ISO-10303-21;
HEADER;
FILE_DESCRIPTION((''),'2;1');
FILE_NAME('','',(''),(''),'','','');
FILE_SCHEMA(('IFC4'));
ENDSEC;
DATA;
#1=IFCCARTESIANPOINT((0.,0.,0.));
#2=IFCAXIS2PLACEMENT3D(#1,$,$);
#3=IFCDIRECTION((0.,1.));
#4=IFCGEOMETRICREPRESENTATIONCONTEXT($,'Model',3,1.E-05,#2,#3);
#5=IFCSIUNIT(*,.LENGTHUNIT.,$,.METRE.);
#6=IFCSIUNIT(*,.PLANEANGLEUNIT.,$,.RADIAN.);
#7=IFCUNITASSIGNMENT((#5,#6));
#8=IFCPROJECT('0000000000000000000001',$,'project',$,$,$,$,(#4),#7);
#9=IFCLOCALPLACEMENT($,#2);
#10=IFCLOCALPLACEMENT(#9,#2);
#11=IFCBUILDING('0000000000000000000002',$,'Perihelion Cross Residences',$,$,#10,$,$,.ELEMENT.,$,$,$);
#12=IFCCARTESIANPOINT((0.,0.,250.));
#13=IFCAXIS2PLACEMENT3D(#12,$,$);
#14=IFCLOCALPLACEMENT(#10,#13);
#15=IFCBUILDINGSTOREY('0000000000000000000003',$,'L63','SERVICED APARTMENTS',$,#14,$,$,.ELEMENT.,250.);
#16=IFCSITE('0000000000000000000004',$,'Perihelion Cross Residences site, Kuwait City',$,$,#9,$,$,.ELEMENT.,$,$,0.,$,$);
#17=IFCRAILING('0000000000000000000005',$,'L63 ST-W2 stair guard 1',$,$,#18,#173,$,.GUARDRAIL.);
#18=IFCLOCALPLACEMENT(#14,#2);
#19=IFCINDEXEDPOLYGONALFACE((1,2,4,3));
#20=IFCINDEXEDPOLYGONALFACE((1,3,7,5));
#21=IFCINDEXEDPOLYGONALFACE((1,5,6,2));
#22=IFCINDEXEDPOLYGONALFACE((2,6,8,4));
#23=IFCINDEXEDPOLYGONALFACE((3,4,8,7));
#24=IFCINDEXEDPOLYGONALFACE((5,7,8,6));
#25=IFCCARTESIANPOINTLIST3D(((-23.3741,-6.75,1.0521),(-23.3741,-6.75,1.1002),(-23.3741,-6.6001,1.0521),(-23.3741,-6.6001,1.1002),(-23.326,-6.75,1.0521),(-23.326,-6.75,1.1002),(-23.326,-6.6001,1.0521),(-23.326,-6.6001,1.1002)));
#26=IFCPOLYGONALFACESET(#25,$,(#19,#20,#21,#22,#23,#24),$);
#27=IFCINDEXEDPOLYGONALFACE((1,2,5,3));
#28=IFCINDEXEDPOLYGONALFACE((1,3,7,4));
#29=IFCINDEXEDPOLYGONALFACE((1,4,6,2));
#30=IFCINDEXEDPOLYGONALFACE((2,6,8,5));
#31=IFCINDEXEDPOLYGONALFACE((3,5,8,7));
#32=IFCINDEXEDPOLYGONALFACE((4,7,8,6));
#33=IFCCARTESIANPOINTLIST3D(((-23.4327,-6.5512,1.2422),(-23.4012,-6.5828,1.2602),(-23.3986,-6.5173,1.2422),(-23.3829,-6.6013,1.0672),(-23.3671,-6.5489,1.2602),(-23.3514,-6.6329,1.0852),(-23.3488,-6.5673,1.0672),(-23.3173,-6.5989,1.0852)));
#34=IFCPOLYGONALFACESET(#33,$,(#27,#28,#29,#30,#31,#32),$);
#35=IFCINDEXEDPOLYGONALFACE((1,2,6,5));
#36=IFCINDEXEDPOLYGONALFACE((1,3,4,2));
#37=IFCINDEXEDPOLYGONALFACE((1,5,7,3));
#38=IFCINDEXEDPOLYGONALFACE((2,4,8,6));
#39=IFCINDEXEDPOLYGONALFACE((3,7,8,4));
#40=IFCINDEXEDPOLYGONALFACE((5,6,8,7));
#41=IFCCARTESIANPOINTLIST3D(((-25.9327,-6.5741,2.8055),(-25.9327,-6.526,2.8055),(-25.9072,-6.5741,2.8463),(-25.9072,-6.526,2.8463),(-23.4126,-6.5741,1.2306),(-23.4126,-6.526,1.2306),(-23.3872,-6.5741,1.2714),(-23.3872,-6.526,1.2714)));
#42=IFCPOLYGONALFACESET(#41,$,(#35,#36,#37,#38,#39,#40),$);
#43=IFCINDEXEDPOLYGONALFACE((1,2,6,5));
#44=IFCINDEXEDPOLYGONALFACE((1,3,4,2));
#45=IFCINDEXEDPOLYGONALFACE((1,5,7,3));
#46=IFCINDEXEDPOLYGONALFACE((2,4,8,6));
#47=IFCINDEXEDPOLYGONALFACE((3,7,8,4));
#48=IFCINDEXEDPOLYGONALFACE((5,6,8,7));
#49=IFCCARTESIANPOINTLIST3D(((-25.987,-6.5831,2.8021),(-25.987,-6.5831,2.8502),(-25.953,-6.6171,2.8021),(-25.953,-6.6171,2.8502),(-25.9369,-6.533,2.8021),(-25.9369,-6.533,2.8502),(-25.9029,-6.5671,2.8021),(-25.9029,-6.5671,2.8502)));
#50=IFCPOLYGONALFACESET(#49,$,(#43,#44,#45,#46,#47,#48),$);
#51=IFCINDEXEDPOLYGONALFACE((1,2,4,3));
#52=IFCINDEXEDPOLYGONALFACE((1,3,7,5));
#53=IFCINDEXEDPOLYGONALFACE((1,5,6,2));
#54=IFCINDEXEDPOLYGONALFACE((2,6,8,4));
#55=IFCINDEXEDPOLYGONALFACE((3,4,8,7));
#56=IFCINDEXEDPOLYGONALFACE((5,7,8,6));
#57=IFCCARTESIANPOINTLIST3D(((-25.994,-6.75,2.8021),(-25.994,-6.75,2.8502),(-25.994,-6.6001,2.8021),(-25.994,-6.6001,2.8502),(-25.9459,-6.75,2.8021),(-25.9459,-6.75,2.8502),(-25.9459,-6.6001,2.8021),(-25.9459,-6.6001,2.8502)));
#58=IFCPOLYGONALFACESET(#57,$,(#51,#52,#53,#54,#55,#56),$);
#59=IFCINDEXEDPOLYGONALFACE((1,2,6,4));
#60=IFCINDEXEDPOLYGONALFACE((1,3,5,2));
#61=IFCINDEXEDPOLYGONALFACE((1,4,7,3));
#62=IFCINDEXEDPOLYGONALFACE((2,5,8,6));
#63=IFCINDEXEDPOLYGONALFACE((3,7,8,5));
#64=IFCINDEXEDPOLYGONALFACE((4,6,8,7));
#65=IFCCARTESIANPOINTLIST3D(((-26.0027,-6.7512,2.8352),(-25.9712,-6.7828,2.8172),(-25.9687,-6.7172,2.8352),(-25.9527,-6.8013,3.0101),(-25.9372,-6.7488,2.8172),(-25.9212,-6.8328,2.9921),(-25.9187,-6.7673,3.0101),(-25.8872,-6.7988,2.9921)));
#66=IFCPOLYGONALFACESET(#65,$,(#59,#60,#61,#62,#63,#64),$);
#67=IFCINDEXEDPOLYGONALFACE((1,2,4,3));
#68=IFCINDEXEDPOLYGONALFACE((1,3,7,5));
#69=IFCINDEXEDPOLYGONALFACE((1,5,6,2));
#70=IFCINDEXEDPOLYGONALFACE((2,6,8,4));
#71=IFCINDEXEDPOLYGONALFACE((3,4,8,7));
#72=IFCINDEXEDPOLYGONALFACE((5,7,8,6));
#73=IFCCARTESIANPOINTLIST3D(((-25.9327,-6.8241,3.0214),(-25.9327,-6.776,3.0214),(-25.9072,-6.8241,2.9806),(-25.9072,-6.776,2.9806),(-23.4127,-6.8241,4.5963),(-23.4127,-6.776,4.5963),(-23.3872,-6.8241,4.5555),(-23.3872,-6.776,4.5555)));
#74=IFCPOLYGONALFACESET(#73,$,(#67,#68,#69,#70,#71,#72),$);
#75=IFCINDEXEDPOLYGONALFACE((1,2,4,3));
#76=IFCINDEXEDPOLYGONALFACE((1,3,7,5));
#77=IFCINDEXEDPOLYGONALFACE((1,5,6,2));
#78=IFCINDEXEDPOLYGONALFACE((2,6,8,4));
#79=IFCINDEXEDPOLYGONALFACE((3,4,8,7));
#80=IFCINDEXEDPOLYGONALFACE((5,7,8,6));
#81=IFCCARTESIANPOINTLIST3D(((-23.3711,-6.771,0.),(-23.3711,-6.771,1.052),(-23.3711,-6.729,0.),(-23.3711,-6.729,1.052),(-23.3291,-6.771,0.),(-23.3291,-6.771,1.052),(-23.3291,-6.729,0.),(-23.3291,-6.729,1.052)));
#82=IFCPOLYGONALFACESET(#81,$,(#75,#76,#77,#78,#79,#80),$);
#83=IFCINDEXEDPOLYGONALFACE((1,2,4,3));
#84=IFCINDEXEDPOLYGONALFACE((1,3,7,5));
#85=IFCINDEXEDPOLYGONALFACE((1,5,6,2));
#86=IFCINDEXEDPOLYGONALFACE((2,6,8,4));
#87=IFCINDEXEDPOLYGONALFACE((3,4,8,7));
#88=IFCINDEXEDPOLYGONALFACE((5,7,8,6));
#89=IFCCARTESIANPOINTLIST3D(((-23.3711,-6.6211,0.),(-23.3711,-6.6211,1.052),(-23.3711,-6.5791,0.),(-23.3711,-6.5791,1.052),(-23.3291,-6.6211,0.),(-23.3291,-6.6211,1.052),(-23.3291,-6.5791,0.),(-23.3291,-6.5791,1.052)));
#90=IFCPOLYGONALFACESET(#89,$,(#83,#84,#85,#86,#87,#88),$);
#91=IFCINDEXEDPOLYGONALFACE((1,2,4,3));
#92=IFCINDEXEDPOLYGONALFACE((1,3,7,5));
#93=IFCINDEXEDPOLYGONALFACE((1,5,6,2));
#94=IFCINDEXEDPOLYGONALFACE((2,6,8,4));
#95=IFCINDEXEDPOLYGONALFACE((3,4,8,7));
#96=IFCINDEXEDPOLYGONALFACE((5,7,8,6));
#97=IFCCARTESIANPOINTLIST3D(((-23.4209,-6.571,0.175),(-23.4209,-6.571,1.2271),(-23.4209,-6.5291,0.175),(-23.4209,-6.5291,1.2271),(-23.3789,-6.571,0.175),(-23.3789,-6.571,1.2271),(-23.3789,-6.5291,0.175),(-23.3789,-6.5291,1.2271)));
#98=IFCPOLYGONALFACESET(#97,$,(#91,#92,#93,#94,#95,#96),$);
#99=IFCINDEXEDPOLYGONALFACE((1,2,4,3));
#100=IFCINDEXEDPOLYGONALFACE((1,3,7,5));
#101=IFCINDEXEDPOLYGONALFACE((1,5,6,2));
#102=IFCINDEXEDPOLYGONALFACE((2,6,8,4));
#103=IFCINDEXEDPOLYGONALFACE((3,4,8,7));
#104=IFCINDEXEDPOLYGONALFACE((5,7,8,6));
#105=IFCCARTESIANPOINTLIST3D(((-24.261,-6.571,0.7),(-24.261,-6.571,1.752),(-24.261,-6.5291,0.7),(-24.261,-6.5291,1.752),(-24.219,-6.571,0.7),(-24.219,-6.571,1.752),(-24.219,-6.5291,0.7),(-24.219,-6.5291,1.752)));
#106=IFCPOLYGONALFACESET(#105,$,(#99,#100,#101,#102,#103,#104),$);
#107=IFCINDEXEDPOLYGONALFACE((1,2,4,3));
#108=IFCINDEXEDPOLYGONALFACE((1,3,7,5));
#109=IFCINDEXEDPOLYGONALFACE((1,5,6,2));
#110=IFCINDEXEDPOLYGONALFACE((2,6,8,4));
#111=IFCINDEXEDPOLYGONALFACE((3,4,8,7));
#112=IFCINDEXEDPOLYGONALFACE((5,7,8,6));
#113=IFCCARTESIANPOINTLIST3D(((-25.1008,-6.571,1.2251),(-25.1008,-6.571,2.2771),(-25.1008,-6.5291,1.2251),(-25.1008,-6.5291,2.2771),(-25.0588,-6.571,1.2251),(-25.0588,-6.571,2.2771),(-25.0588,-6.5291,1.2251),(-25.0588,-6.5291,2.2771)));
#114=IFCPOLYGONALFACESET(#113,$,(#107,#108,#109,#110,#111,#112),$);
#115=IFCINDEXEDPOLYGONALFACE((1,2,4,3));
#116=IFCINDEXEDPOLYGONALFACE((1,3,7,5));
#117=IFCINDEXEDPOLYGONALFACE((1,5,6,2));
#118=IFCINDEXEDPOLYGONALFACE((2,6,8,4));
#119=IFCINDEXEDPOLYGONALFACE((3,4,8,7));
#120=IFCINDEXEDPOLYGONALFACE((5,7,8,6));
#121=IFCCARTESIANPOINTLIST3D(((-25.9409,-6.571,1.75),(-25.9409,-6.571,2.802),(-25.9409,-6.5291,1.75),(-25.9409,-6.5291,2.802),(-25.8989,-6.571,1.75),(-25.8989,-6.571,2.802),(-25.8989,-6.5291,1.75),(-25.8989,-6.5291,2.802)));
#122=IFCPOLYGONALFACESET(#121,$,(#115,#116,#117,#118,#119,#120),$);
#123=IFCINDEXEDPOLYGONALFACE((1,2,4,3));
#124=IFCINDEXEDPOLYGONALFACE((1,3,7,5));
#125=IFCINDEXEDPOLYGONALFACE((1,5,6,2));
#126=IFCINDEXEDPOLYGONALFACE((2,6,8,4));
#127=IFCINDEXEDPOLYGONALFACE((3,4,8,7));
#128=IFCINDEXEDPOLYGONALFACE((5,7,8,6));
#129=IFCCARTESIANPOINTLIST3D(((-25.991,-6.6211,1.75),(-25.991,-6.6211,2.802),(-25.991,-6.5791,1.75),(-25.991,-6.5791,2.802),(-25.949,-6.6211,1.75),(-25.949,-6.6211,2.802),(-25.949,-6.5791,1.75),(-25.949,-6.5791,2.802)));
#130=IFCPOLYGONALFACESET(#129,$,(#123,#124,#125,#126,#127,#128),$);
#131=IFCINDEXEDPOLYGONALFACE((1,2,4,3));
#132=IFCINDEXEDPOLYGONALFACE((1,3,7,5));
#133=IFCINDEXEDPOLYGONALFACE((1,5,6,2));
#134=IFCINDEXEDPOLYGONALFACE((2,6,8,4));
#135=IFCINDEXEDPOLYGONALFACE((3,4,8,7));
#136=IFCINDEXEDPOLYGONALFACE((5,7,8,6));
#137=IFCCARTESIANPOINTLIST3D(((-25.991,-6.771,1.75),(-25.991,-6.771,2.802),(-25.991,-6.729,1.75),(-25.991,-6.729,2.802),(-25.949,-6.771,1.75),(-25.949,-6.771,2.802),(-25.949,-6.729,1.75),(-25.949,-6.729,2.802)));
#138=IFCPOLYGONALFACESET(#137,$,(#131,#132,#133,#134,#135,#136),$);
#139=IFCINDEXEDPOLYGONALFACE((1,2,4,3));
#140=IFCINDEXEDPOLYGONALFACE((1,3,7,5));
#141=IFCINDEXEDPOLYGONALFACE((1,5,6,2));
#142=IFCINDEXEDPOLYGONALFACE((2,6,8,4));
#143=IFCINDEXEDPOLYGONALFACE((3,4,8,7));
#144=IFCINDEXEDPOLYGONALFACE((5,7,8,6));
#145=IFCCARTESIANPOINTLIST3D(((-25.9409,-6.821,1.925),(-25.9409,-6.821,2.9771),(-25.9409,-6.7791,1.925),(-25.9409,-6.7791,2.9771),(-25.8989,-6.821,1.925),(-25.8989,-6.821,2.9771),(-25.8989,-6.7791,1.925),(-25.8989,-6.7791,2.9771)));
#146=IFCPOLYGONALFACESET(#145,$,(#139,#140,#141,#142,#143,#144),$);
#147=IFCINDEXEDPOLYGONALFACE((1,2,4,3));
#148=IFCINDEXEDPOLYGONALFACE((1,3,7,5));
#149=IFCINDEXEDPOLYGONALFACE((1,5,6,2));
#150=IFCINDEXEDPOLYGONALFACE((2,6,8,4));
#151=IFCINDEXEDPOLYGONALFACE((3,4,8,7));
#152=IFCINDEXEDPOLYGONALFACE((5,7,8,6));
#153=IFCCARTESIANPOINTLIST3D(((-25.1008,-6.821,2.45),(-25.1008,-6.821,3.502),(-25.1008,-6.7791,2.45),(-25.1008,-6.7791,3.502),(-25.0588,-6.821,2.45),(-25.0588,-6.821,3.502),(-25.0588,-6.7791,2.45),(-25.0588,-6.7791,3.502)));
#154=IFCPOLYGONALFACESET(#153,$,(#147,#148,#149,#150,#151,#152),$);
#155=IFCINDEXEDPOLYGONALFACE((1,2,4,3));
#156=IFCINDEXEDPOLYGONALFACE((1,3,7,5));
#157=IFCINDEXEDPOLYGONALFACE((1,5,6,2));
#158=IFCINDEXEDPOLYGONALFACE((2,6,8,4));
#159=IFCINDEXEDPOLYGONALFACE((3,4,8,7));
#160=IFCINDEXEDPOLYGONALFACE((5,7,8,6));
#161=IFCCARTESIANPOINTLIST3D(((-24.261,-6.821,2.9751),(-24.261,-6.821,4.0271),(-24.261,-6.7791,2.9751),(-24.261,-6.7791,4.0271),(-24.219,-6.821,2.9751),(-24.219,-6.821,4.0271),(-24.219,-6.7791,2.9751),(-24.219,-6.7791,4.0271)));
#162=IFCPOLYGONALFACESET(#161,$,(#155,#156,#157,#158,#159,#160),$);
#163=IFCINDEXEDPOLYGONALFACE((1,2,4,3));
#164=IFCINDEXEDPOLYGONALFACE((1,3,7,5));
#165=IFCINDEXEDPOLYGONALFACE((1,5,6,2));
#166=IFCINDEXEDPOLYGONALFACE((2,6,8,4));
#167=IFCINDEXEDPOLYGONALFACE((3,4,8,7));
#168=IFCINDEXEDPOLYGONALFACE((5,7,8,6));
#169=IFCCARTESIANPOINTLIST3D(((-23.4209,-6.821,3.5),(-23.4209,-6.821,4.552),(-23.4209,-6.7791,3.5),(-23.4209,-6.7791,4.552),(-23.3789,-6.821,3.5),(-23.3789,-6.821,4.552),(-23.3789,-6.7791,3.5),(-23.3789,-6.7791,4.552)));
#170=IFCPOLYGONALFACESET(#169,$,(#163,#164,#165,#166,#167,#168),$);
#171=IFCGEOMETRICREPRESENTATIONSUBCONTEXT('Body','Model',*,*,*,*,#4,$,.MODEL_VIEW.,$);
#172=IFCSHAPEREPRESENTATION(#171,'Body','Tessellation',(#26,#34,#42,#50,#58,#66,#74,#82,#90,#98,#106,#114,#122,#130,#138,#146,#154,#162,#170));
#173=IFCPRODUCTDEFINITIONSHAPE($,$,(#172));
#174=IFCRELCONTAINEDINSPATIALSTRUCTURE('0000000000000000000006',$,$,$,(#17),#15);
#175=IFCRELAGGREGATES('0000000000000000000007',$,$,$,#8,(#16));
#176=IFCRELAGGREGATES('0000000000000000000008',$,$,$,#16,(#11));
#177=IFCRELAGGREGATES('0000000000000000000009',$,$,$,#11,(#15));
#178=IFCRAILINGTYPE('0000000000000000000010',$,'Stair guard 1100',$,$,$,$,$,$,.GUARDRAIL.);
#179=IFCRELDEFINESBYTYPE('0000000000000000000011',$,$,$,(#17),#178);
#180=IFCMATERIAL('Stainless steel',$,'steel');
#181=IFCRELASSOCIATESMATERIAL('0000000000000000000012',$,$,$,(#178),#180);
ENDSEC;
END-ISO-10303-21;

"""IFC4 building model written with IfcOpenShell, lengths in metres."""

from ifc_helpers import new_model, si_unit, direction, frame, origin, origin_2d, place, context, subcontext, project, spatial, rectangle, extrude, material, type_object, element, save


model = new_model("IFC4")

# Units and contexts
model_context = context("Model", 3, precision=1e-05, world=origin(), true_north=direction((0.0, 1.0)))
body_context = subcontext(model_context, "Body", "Model", "MODEL_VIEW")
ifc_project = project(units=[si_unit("LENGTHUNIT", "METRE"), si_unit("PLANEANGLEUNIT", "RADIAN")], contexts=[model_context])

# Site, building, storey
site_placement = place(None, origin())
site = spatial("IfcSite", under=ifc_project, at=site_placement, Name="Perihelion Cross Residences site, Kuwait City", CompositionType="ELEMENT", RefElevation=0.0)
building_placement = place(site_placement, origin())
building = spatial("IfcBuilding", under=site, at=building_placement, Name="Perihelion Cross Residences", CompositionType="ELEMENT")
storey_placement = place(building_placement, frame((0.0, 0.0, 250.0)))
storey = spatial("IfcBuildingStorey", under=building, at=storey_placement, Name="L63", Description="SERVICED APARTMENTS", CompositionType="ELEMENT", Elevation=250.0)

# Railing
ifc_material_1 = material(Name="Stainless steel", Category="steel")
railing_type_1 = type_object("IfcRailingType", Name="Stair guard 1100", PredefinedType="GUARDRAIL", material=ifc_material_1)
railing_1_placement = place(storey_placement, frame((-23.3501, -6.75, 0.0)))
element("IfcRailing", 1, at=railing_1_placement, inside=storey, type_object=railing_type_1, Name="L63 ST-W2 stair guard 1", PredefinedType="GUARDRAIL", context=body_context, shape_type="SweptSolid", body=[
    extrude(rectangle(XDim=0.0481, YDim=0.0481, at=origin_2d()), frame((0.0, 0.0, 1.0762), z_axis=(0.0, 1.0, 0.0), x_axis=(-1.0, 0.0, 0.0)), (0.0, 0.0, 1.0), 0.1499),
    extrude(rectangle(XDim=0.0481, YDim=0.0481, at=origin_2d()), frame((0.0, 0.1499, 1.0762), z_axis=(-0.263862, 0.265156, 0.927399), x_axis=(-0.708834, -0.705376, 0.0)), (0.0, 0.0, 1.0), 0.1887),
    extrude(rectangle(XDim=0.0481, YDim=0.0481, at=origin_2d()), frame((-0.0498, 0.2, 1.251), z_axis=(-0.848008, 0.0, 0.529984), x_axis=(0.0, -1.0, 0.0)), (0.0, 0.0, 1.0), 2.9717),
    extrude(rectangle(XDim=0.0481, YDim=0.0481, at=origin_2d()), frame((-2.5698, 0.2, 2.8262), z_axis=(-0.707107, -0.707107, 0.0), x_axis=(0.707107, -0.707107, 0.0)), (0.0, 0.0, 1.0), 0.0708),
    extrude(rectangle(XDim=0.0481, YDim=0.0481, at=origin_2d()), frame((-2.6199, 0.1499, 2.8262), z_axis=(0.0, -1.0, 0.0), x_axis=(1.0, 0.0, 0.0)), (0.0, 0.0, 1.0), 0.1499),
    extrude(rectangle(XDim=0.0481, YDim=0.0481, at=origin_2d()), frame((-2.6199, 0.0, 2.8262), z_axis=(0.265065, -0.265065, 0.927082), x_axis=(0.707107, 0.707107, 0.0)), (0.0, 0.0, 1.0), 0.1887),
    extrude(rectangle(XDim=0.0481, YDim=0.0481, at=origin_2d()), frame((-2.5698, -0.05, 3.001), z_axis=(0.848008, 0.0, 0.529984), x_axis=(0.0, 1.0, 0.0)), (0.0, 0.0, 1.0), 2.9717),
    extrude(rectangle(XDim=0.042, YDim=0.042, at=origin_2d()), origin(), (0.0, 0.0, 1.0), 1.052),
    extrude(rectangle(XDim=0.042, YDim=0.042, at=origin_2d()), frame((0.0, 0.1499, 0.0)), (0.0, 0.0, 1.0), 1.052),
    extrude(rectangle(XDim=0.042, YDim=0.042, at=origin_2d()), frame((-0.0498, 0.2, 0.175)), (0.0, 0.0, 1.0), 1.052),
    extrude(rectangle(XDim=0.042, YDim=0.042, at=origin_2d()), frame((-0.8899, 0.2, 0.7)), (0.0, 0.0, 1.0), 1.052),
    extrude(rectangle(XDim=0.042, YDim=0.042, at=origin_2d()), frame((-1.7297, 0.2, 1.2251)), (0.0, 0.0, 1.0), 1.052),
    extrude(rectangle(XDim=0.042, YDim=0.042, at=origin_2d()), frame((-2.5698, 0.2, 1.75)), (0.0, 0.0, 1.0), 1.052),
    extrude(rectangle(XDim=0.042, YDim=0.042, at=origin_2d()), frame((-2.6199, 0.1499, 1.75)), (0.0, 0.0, 1.0), 1.052),
    extrude(rectangle(XDim=0.042, YDim=0.042, at=origin_2d()), frame((-2.6199, 0.0, 1.75)), (0.0, 0.0, 1.0), 1.052),
    extrude(rectangle(XDim=0.042, YDim=0.042, at=origin_2d()), frame((-2.5698, -0.05, 1.925)), (0.0, 0.0, 1.0), 1.052),
    extrude(rectangle(XDim=0.042, YDim=0.042, at=origin_2d()), frame((-1.7297, -0.05, 2.45)), (0.0, 0.0, 1.0), 1.052),
    extrude(rectangle(XDim=0.042, YDim=0.042, at=origin_2d()), frame((-0.8899, -0.05, 2.9751)), (0.0, 0.0, 1.0), 1.052),
    extrude(rectangle(XDim=0.042, YDim=0.042, at=origin_2d()), frame((-0.0498, -0.05, 3.5)), (0.0, 0.0, 1.0), 1.052),
])

save(model, "model.ifc")
